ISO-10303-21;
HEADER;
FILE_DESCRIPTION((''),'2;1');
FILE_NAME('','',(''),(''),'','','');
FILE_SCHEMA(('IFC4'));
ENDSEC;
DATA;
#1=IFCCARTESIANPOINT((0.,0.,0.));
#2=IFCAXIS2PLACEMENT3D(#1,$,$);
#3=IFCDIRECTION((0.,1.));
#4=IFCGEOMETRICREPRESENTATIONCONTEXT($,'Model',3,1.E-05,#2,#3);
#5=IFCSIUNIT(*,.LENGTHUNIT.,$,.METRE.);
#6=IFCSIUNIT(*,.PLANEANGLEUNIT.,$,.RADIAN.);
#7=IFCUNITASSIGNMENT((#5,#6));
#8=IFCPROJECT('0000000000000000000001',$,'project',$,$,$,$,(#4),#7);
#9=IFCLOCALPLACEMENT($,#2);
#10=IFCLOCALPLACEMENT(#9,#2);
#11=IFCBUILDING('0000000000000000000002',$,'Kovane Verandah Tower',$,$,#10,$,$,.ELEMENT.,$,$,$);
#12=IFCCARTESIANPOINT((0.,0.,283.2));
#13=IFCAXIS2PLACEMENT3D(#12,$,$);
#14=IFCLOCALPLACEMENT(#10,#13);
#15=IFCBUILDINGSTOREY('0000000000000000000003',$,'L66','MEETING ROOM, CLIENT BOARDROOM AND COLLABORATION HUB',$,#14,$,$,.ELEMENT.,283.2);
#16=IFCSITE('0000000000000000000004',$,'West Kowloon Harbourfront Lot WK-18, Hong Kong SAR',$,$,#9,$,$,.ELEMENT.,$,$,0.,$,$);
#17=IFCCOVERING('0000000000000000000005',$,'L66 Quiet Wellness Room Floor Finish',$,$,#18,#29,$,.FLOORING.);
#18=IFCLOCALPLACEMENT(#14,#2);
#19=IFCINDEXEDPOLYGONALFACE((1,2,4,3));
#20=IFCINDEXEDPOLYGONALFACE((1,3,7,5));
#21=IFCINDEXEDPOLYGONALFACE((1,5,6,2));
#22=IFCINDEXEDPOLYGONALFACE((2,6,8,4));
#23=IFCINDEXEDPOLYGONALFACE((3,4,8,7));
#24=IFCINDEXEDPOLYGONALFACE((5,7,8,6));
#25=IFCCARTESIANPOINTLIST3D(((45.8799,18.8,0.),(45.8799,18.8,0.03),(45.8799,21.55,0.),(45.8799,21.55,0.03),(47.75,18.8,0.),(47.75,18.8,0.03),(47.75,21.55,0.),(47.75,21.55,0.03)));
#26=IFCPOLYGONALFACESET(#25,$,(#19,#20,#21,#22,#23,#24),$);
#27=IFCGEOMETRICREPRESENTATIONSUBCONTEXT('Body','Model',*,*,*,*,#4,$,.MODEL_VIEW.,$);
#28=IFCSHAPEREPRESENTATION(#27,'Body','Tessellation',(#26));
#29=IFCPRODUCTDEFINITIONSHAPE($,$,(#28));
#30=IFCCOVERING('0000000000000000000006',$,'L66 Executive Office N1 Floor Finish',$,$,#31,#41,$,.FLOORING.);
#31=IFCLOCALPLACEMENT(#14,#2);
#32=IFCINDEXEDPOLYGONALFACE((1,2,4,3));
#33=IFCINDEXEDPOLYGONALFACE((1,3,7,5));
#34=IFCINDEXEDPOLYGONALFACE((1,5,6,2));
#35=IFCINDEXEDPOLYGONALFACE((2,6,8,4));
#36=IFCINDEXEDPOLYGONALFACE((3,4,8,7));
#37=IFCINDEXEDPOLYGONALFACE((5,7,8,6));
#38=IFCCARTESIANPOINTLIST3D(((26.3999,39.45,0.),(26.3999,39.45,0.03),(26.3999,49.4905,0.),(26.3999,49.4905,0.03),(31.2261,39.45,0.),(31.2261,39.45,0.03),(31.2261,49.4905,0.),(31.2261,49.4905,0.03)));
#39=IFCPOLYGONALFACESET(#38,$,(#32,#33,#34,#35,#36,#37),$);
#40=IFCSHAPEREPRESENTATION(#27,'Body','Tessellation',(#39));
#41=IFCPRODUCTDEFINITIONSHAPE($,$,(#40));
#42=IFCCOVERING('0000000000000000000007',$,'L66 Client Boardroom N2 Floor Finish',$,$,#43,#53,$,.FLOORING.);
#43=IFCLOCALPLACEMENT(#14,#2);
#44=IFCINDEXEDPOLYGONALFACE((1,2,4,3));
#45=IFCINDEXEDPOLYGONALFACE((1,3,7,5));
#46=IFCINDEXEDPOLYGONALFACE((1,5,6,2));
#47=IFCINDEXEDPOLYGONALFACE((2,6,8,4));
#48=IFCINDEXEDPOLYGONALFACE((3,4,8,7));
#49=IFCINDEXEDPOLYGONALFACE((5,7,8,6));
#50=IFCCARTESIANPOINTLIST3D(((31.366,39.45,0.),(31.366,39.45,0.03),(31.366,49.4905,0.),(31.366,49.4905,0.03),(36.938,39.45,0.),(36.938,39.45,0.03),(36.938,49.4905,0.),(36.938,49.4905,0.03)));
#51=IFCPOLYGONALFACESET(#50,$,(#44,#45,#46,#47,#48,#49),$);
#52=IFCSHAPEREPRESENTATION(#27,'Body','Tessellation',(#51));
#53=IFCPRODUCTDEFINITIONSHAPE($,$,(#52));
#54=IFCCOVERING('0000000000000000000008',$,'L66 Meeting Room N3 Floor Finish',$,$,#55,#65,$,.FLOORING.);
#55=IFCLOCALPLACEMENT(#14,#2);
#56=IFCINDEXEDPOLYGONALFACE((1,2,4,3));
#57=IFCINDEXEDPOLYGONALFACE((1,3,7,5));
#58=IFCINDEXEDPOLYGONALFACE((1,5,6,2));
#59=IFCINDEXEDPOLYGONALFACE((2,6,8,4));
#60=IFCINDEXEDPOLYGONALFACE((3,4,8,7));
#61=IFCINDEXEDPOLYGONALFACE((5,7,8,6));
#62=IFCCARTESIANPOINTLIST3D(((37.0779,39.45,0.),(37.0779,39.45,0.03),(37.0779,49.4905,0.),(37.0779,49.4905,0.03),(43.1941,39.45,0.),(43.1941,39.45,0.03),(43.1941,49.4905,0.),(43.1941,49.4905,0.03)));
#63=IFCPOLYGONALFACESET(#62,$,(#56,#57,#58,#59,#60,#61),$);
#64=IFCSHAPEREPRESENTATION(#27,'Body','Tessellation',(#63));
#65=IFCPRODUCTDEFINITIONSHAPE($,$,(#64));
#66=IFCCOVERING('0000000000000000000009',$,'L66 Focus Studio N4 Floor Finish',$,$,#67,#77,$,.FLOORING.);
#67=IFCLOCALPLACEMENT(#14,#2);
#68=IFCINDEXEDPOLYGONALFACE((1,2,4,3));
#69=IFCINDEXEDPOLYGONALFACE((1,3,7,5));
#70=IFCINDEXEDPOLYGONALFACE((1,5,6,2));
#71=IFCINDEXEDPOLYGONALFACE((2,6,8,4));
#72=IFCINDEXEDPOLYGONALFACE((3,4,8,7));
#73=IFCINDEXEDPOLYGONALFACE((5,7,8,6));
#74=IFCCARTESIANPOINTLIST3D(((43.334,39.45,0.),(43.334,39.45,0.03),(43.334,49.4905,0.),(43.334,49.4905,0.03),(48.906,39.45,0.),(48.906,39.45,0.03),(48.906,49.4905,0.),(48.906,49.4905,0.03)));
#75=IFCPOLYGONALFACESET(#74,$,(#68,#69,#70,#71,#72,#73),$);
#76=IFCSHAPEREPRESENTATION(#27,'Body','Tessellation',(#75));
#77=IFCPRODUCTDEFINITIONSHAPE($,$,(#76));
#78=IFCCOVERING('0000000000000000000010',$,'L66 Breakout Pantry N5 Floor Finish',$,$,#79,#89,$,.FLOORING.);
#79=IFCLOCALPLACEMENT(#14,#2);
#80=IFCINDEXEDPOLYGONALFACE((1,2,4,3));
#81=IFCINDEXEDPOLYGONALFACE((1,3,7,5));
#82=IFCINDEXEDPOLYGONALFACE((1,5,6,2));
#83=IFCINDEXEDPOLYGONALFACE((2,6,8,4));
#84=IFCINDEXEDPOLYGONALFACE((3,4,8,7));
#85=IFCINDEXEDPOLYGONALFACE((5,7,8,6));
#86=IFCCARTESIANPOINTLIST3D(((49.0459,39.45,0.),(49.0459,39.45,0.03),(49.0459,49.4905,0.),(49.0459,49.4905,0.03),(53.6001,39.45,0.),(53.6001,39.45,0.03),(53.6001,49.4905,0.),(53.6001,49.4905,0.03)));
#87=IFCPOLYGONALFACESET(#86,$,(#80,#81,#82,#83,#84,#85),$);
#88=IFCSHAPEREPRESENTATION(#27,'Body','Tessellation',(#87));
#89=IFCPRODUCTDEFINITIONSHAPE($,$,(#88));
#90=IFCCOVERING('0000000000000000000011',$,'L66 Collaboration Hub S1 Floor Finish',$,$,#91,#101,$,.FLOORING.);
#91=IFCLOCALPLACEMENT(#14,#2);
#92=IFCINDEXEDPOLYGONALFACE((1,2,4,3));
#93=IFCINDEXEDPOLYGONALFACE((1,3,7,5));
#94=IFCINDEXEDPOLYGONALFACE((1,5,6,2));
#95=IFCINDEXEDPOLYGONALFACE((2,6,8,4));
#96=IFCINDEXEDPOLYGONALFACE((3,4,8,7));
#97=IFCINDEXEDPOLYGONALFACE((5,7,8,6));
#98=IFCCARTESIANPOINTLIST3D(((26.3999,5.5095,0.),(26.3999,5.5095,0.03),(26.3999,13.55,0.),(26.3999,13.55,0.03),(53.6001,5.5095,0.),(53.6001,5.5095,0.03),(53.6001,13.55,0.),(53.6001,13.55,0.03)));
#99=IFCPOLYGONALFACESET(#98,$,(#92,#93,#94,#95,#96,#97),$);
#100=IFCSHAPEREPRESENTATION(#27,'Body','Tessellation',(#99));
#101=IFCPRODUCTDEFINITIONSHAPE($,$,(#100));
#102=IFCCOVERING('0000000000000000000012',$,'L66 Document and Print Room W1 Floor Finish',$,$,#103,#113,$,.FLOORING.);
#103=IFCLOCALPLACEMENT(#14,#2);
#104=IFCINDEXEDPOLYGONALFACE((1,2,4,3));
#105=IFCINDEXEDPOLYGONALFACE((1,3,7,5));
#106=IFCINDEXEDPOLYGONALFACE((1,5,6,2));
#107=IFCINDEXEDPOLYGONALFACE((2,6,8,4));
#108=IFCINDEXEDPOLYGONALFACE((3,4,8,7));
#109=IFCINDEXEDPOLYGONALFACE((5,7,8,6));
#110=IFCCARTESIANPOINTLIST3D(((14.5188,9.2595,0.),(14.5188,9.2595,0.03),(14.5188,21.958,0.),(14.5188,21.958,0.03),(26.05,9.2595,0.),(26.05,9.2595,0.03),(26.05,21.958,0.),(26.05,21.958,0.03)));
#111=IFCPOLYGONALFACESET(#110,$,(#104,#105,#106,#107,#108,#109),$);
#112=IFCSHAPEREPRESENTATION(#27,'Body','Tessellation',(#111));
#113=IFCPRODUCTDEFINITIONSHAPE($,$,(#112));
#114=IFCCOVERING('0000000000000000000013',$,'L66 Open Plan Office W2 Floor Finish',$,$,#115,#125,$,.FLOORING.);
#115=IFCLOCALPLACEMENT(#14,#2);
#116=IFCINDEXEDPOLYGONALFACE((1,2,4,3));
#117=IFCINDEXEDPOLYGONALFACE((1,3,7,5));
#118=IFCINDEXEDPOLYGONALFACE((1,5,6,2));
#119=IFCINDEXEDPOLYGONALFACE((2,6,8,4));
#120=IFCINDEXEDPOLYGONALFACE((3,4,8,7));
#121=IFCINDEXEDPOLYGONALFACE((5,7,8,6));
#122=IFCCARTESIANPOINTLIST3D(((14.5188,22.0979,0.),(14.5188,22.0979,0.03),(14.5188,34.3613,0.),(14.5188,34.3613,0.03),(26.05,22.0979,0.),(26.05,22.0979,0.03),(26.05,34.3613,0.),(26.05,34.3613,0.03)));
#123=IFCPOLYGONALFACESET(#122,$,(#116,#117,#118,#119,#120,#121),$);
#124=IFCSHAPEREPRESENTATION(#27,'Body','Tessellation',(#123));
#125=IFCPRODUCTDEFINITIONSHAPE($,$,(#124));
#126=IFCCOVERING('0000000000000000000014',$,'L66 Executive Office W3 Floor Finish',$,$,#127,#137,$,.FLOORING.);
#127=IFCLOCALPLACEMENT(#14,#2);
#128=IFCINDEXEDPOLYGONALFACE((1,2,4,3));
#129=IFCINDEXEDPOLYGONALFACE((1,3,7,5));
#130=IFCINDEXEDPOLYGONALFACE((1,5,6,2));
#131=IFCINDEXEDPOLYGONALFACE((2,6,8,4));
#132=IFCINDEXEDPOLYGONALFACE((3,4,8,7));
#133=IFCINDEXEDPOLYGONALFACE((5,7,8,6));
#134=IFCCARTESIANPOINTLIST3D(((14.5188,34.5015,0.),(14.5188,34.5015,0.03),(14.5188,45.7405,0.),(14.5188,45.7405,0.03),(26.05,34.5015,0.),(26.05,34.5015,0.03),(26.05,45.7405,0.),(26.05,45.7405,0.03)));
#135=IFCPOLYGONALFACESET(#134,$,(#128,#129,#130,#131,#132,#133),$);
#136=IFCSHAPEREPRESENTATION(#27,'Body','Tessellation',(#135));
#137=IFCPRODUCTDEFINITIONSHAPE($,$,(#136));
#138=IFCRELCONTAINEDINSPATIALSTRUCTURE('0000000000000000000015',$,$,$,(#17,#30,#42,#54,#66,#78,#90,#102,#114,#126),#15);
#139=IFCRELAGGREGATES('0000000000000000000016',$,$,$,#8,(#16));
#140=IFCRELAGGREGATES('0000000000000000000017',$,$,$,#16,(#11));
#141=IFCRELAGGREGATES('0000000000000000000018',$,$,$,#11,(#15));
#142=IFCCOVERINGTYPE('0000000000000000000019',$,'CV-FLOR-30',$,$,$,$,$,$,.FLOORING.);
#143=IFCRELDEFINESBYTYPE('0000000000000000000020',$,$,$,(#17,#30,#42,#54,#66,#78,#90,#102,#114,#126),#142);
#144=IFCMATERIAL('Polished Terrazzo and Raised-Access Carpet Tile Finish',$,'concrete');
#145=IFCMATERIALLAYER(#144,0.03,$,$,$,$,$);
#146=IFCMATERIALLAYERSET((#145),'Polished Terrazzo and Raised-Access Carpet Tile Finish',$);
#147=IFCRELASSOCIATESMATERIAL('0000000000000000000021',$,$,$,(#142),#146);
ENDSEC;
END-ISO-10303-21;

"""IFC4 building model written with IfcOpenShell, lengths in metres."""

from ifc_helpers import new_model, si_unit, direction, frame, origin, place, context, subcontext, project, spatial, polyline, outline, extrude, material, layer, layer_set, type_object, element, save


model = new_model("IFC4")

# Units and contexts
model_context = context("Model", 3, precision=1e-05, world=origin(), true_north=direction((0.0, 1.0)))
body_context = subcontext(model_context, "Body", "Model", "MODEL_VIEW")
ifc_project = project(units=[si_unit("LENGTHUNIT", "METRE"), si_unit("PLANEANGLEUNIT", "RADIAN")], contexts=[model_context])

# Site, building, storey
site_placement = place(None, origin())
site = spatial("IfcSite", under=ifc_project, at=site_placement, Name="West Kowloon Harbourfront Lot WK-18, Hong Kong SAR", CompositionType="ELEMENT", RefElevation=0.0)
building_placement = place(site_placement, origin())
building = spatial("IfcBuilding", under=site, at=building_placement, Name="Kovane Verandah Tower", CompositionType="ELEMENT")
storey_placement = place(building_placement, frame((0.0, 0.0, 283.2)))
storey = spatial("IfcBuildingStorey", under=building, at=storey_placement, Name="L66", Description="MEETING ROOM, CLIENT BOARDROOM AND COLLABORATION HUB", CompositionType="ELEMENT", Elevation=283.2)

# Coverings
ifc_material_1 = material(Name="Polished Terrazzo and Raised-Access Carpet Tile Finish", Category="concrete")
ifc_layer_1 = layer(ifc_material_1, 0.03)
ifc_layer_set_1 = layer_set([ifc_layer_1], Name="Polished Terrazzo and Raised-Access Carpet Tile Finish")
covering_type = type_object("IfcCoveringType", Name="CV-FLOR-30", PredefinedType="FLOORING", material=ifc_layer_set_1)
covering_1_placement = place(storey_placement, origin())
element("IfcCovering", 1, at=covering_1_placement, inside=storey, type_object=covering_type, Name="L66 Quiet Wellness Room Floor Finish", PredefinedType="FLOORING", context=body_context, shape_type="SweptSolid", body=[
    extrude(outline(polyline([(45.8799, 18.8), (47.75, 18.8), (47.75, 21.55), (45.8799, 21.55), (45.8799, 18.8)])), origin(), (0.0, 0.0, 1.0), 0.03),
])
covering_2_placement = place(storey_placement, origin())
element("IfcCovering", 2, at=covering_2_placement, inside=storey, type_object=covering_type, Name="L66 Executive Office N1 Floor Finish", PredefinedType="FLOORING", context=body_context, shape_type="SweptSolid", body=[
    extrude(outline(polyline([(26.3999, 39.45), (31.2261, 39.45), (31.2261, 49.4905), (26.3999, 49.4905), (26.3999, 39.45)])), origin(), (0.0, 0.0, 1.0), 0.03),
])
covering_3_placement = place(storey_placement, origin())
element("IfcCovering", 3, at=covering_3_placement, inside=storey, type_object=covering_type, Name="L66 Client Boardroom N2 Floor Finish", PredefinedType="FLOORING", context=body_context, shape_type="SweptSolid", body=[
    extrude(outline(polyline([(31.366, 39.45), (36.938, 39.45), (36.938, 49.4905), (31.366, 49.4905), (31.366, 39.45)])), origin(), (0.0, 0.0, 1.0), 0.03),
])
covering_4_placement = place(storey_placement, origin())
element("IfcCovering", 4, at=covering_4_placement, inside=storey, type_object=covering_type, Name="L66 Meeting Room N3 Floor Finish", PredefinedType="FLOORING", context=body_context, shape_type="SweptSolid", body=[
    extrude(outline(polyline([(37.0779, 39.45), (43.1941, 39.45), (43.1941, 49.4905), (37.0779, 49.4905), (37.0779, 39.45)])), origin(), (0.0, 0.0, 1.0), 0.03),
])
covering_5_placement = place(storey_placement, origin())
element("IfcCovering", 5, at=covering_5_placement, inside=storey, type_object=covering_type, Name="L66 Focus Studio N4 Floor Finish", PredefinedType="FLOORING", context=body_context, shape_type="SweptSolid", body=[
    extrude(outline(polyline([(43.334, 39.45), (48.906, 39.45), (48.906, 49.4905), (43.334, 49.4905), (43.334, 39.45)])), origin(), (0.0, 0.0, 1.0), 0.03),
])
covering_6_placement = place(storey_placement, origin())
element("IfcCovering", 6, at=covering_6_placement, inside=storey, type_object=covering_type, Name="L66 Breakout Pantry N5 Floor Finish", PredefinedType="FLOORING", context=body_context, shape_type="SweptSolid", body=[
    extrude(outline(polyline([(49.0459, 39.45), (53.6001, 39.45), (53.6001, 49.4905), (49.0459, 49.4905), (49.0459, 39.45)])), origin(), (0.0, 0.0, 1.0), 0.03),
])
covering_7_placement = place(storey_placement, origin())
element("IfcCovering", 7, at=covering_7_placement, inside=storey, type_object=covering_type, Name="L66 Collaboration Hub S1 Floor Finish", PredefinedType="FLOORING", context=body_context, shape_type="SweptSolid", body=[
    extrude(outline(polyline([(26.3999, 5.5095), (53.6001, 5.5095), (53.6001, 13.55), (26.3999, 13.55), (26.3999, 5.5095)])), origin(), (0.0, 0.0, 1.0), 0.03),
])
covering_8_placement = place(storey_placement, origin())
element("IfcCovering", 8, at=covering_8_placement, inside=storey, type_object=covering_type, Name="L66 Document and Print Room W1 Floor Finish", PredefinedType="FLOORING", context=body_context, shape_type="SweptSolid", body=[
    extrude(outline(polyline([(14.5188, 9.2595), (26.05, 9.2595), (26.05, 21.958), (14.5188, 21.958), (14.5188, 9.2595)])), origin(), (0.0, 0.0, 1.0), 0.03),
])
covering_9_placement = place(storey_placement, origin())
element("IfcCovering", 9, at=covering_9_placement, inside=storey, type_object=covering_type, Name="L66 Open Plan Office W2 Floor Finish", PredefinedType="FLOORING", context=body_context, shape_type="SweptSolid", body=[
    extrude(outline(polyline([(14.5188, 22.0979), (26.05, 22.0979), (26.05, 34.3613), (14.5188, 34.3613), (14.5188, 22.0979)])), origin(), (0.0, 0.0, 1.0), 0.03),
])
covering_10_placement = place(storey_placement, origin())
element("IfcCovering", 10, at=covering_10_placement, inside=storey, type_object=covering_type, Name="L66 Executive Office W3 Floor Finish", PredefinedType="FLOORING", context=body_context, shape_type="SweptSolid", body=[
    extrude(outline(polyline([(14.5188, 34.5015), (26.05, 34.5015), (26.05, 45.7405), (14.5188, 45.7405), (14.5188, 34.5015)])), origin(), (0.0, 0.0, 1.0), 0.03),
])

save(model, "model.ifc")
